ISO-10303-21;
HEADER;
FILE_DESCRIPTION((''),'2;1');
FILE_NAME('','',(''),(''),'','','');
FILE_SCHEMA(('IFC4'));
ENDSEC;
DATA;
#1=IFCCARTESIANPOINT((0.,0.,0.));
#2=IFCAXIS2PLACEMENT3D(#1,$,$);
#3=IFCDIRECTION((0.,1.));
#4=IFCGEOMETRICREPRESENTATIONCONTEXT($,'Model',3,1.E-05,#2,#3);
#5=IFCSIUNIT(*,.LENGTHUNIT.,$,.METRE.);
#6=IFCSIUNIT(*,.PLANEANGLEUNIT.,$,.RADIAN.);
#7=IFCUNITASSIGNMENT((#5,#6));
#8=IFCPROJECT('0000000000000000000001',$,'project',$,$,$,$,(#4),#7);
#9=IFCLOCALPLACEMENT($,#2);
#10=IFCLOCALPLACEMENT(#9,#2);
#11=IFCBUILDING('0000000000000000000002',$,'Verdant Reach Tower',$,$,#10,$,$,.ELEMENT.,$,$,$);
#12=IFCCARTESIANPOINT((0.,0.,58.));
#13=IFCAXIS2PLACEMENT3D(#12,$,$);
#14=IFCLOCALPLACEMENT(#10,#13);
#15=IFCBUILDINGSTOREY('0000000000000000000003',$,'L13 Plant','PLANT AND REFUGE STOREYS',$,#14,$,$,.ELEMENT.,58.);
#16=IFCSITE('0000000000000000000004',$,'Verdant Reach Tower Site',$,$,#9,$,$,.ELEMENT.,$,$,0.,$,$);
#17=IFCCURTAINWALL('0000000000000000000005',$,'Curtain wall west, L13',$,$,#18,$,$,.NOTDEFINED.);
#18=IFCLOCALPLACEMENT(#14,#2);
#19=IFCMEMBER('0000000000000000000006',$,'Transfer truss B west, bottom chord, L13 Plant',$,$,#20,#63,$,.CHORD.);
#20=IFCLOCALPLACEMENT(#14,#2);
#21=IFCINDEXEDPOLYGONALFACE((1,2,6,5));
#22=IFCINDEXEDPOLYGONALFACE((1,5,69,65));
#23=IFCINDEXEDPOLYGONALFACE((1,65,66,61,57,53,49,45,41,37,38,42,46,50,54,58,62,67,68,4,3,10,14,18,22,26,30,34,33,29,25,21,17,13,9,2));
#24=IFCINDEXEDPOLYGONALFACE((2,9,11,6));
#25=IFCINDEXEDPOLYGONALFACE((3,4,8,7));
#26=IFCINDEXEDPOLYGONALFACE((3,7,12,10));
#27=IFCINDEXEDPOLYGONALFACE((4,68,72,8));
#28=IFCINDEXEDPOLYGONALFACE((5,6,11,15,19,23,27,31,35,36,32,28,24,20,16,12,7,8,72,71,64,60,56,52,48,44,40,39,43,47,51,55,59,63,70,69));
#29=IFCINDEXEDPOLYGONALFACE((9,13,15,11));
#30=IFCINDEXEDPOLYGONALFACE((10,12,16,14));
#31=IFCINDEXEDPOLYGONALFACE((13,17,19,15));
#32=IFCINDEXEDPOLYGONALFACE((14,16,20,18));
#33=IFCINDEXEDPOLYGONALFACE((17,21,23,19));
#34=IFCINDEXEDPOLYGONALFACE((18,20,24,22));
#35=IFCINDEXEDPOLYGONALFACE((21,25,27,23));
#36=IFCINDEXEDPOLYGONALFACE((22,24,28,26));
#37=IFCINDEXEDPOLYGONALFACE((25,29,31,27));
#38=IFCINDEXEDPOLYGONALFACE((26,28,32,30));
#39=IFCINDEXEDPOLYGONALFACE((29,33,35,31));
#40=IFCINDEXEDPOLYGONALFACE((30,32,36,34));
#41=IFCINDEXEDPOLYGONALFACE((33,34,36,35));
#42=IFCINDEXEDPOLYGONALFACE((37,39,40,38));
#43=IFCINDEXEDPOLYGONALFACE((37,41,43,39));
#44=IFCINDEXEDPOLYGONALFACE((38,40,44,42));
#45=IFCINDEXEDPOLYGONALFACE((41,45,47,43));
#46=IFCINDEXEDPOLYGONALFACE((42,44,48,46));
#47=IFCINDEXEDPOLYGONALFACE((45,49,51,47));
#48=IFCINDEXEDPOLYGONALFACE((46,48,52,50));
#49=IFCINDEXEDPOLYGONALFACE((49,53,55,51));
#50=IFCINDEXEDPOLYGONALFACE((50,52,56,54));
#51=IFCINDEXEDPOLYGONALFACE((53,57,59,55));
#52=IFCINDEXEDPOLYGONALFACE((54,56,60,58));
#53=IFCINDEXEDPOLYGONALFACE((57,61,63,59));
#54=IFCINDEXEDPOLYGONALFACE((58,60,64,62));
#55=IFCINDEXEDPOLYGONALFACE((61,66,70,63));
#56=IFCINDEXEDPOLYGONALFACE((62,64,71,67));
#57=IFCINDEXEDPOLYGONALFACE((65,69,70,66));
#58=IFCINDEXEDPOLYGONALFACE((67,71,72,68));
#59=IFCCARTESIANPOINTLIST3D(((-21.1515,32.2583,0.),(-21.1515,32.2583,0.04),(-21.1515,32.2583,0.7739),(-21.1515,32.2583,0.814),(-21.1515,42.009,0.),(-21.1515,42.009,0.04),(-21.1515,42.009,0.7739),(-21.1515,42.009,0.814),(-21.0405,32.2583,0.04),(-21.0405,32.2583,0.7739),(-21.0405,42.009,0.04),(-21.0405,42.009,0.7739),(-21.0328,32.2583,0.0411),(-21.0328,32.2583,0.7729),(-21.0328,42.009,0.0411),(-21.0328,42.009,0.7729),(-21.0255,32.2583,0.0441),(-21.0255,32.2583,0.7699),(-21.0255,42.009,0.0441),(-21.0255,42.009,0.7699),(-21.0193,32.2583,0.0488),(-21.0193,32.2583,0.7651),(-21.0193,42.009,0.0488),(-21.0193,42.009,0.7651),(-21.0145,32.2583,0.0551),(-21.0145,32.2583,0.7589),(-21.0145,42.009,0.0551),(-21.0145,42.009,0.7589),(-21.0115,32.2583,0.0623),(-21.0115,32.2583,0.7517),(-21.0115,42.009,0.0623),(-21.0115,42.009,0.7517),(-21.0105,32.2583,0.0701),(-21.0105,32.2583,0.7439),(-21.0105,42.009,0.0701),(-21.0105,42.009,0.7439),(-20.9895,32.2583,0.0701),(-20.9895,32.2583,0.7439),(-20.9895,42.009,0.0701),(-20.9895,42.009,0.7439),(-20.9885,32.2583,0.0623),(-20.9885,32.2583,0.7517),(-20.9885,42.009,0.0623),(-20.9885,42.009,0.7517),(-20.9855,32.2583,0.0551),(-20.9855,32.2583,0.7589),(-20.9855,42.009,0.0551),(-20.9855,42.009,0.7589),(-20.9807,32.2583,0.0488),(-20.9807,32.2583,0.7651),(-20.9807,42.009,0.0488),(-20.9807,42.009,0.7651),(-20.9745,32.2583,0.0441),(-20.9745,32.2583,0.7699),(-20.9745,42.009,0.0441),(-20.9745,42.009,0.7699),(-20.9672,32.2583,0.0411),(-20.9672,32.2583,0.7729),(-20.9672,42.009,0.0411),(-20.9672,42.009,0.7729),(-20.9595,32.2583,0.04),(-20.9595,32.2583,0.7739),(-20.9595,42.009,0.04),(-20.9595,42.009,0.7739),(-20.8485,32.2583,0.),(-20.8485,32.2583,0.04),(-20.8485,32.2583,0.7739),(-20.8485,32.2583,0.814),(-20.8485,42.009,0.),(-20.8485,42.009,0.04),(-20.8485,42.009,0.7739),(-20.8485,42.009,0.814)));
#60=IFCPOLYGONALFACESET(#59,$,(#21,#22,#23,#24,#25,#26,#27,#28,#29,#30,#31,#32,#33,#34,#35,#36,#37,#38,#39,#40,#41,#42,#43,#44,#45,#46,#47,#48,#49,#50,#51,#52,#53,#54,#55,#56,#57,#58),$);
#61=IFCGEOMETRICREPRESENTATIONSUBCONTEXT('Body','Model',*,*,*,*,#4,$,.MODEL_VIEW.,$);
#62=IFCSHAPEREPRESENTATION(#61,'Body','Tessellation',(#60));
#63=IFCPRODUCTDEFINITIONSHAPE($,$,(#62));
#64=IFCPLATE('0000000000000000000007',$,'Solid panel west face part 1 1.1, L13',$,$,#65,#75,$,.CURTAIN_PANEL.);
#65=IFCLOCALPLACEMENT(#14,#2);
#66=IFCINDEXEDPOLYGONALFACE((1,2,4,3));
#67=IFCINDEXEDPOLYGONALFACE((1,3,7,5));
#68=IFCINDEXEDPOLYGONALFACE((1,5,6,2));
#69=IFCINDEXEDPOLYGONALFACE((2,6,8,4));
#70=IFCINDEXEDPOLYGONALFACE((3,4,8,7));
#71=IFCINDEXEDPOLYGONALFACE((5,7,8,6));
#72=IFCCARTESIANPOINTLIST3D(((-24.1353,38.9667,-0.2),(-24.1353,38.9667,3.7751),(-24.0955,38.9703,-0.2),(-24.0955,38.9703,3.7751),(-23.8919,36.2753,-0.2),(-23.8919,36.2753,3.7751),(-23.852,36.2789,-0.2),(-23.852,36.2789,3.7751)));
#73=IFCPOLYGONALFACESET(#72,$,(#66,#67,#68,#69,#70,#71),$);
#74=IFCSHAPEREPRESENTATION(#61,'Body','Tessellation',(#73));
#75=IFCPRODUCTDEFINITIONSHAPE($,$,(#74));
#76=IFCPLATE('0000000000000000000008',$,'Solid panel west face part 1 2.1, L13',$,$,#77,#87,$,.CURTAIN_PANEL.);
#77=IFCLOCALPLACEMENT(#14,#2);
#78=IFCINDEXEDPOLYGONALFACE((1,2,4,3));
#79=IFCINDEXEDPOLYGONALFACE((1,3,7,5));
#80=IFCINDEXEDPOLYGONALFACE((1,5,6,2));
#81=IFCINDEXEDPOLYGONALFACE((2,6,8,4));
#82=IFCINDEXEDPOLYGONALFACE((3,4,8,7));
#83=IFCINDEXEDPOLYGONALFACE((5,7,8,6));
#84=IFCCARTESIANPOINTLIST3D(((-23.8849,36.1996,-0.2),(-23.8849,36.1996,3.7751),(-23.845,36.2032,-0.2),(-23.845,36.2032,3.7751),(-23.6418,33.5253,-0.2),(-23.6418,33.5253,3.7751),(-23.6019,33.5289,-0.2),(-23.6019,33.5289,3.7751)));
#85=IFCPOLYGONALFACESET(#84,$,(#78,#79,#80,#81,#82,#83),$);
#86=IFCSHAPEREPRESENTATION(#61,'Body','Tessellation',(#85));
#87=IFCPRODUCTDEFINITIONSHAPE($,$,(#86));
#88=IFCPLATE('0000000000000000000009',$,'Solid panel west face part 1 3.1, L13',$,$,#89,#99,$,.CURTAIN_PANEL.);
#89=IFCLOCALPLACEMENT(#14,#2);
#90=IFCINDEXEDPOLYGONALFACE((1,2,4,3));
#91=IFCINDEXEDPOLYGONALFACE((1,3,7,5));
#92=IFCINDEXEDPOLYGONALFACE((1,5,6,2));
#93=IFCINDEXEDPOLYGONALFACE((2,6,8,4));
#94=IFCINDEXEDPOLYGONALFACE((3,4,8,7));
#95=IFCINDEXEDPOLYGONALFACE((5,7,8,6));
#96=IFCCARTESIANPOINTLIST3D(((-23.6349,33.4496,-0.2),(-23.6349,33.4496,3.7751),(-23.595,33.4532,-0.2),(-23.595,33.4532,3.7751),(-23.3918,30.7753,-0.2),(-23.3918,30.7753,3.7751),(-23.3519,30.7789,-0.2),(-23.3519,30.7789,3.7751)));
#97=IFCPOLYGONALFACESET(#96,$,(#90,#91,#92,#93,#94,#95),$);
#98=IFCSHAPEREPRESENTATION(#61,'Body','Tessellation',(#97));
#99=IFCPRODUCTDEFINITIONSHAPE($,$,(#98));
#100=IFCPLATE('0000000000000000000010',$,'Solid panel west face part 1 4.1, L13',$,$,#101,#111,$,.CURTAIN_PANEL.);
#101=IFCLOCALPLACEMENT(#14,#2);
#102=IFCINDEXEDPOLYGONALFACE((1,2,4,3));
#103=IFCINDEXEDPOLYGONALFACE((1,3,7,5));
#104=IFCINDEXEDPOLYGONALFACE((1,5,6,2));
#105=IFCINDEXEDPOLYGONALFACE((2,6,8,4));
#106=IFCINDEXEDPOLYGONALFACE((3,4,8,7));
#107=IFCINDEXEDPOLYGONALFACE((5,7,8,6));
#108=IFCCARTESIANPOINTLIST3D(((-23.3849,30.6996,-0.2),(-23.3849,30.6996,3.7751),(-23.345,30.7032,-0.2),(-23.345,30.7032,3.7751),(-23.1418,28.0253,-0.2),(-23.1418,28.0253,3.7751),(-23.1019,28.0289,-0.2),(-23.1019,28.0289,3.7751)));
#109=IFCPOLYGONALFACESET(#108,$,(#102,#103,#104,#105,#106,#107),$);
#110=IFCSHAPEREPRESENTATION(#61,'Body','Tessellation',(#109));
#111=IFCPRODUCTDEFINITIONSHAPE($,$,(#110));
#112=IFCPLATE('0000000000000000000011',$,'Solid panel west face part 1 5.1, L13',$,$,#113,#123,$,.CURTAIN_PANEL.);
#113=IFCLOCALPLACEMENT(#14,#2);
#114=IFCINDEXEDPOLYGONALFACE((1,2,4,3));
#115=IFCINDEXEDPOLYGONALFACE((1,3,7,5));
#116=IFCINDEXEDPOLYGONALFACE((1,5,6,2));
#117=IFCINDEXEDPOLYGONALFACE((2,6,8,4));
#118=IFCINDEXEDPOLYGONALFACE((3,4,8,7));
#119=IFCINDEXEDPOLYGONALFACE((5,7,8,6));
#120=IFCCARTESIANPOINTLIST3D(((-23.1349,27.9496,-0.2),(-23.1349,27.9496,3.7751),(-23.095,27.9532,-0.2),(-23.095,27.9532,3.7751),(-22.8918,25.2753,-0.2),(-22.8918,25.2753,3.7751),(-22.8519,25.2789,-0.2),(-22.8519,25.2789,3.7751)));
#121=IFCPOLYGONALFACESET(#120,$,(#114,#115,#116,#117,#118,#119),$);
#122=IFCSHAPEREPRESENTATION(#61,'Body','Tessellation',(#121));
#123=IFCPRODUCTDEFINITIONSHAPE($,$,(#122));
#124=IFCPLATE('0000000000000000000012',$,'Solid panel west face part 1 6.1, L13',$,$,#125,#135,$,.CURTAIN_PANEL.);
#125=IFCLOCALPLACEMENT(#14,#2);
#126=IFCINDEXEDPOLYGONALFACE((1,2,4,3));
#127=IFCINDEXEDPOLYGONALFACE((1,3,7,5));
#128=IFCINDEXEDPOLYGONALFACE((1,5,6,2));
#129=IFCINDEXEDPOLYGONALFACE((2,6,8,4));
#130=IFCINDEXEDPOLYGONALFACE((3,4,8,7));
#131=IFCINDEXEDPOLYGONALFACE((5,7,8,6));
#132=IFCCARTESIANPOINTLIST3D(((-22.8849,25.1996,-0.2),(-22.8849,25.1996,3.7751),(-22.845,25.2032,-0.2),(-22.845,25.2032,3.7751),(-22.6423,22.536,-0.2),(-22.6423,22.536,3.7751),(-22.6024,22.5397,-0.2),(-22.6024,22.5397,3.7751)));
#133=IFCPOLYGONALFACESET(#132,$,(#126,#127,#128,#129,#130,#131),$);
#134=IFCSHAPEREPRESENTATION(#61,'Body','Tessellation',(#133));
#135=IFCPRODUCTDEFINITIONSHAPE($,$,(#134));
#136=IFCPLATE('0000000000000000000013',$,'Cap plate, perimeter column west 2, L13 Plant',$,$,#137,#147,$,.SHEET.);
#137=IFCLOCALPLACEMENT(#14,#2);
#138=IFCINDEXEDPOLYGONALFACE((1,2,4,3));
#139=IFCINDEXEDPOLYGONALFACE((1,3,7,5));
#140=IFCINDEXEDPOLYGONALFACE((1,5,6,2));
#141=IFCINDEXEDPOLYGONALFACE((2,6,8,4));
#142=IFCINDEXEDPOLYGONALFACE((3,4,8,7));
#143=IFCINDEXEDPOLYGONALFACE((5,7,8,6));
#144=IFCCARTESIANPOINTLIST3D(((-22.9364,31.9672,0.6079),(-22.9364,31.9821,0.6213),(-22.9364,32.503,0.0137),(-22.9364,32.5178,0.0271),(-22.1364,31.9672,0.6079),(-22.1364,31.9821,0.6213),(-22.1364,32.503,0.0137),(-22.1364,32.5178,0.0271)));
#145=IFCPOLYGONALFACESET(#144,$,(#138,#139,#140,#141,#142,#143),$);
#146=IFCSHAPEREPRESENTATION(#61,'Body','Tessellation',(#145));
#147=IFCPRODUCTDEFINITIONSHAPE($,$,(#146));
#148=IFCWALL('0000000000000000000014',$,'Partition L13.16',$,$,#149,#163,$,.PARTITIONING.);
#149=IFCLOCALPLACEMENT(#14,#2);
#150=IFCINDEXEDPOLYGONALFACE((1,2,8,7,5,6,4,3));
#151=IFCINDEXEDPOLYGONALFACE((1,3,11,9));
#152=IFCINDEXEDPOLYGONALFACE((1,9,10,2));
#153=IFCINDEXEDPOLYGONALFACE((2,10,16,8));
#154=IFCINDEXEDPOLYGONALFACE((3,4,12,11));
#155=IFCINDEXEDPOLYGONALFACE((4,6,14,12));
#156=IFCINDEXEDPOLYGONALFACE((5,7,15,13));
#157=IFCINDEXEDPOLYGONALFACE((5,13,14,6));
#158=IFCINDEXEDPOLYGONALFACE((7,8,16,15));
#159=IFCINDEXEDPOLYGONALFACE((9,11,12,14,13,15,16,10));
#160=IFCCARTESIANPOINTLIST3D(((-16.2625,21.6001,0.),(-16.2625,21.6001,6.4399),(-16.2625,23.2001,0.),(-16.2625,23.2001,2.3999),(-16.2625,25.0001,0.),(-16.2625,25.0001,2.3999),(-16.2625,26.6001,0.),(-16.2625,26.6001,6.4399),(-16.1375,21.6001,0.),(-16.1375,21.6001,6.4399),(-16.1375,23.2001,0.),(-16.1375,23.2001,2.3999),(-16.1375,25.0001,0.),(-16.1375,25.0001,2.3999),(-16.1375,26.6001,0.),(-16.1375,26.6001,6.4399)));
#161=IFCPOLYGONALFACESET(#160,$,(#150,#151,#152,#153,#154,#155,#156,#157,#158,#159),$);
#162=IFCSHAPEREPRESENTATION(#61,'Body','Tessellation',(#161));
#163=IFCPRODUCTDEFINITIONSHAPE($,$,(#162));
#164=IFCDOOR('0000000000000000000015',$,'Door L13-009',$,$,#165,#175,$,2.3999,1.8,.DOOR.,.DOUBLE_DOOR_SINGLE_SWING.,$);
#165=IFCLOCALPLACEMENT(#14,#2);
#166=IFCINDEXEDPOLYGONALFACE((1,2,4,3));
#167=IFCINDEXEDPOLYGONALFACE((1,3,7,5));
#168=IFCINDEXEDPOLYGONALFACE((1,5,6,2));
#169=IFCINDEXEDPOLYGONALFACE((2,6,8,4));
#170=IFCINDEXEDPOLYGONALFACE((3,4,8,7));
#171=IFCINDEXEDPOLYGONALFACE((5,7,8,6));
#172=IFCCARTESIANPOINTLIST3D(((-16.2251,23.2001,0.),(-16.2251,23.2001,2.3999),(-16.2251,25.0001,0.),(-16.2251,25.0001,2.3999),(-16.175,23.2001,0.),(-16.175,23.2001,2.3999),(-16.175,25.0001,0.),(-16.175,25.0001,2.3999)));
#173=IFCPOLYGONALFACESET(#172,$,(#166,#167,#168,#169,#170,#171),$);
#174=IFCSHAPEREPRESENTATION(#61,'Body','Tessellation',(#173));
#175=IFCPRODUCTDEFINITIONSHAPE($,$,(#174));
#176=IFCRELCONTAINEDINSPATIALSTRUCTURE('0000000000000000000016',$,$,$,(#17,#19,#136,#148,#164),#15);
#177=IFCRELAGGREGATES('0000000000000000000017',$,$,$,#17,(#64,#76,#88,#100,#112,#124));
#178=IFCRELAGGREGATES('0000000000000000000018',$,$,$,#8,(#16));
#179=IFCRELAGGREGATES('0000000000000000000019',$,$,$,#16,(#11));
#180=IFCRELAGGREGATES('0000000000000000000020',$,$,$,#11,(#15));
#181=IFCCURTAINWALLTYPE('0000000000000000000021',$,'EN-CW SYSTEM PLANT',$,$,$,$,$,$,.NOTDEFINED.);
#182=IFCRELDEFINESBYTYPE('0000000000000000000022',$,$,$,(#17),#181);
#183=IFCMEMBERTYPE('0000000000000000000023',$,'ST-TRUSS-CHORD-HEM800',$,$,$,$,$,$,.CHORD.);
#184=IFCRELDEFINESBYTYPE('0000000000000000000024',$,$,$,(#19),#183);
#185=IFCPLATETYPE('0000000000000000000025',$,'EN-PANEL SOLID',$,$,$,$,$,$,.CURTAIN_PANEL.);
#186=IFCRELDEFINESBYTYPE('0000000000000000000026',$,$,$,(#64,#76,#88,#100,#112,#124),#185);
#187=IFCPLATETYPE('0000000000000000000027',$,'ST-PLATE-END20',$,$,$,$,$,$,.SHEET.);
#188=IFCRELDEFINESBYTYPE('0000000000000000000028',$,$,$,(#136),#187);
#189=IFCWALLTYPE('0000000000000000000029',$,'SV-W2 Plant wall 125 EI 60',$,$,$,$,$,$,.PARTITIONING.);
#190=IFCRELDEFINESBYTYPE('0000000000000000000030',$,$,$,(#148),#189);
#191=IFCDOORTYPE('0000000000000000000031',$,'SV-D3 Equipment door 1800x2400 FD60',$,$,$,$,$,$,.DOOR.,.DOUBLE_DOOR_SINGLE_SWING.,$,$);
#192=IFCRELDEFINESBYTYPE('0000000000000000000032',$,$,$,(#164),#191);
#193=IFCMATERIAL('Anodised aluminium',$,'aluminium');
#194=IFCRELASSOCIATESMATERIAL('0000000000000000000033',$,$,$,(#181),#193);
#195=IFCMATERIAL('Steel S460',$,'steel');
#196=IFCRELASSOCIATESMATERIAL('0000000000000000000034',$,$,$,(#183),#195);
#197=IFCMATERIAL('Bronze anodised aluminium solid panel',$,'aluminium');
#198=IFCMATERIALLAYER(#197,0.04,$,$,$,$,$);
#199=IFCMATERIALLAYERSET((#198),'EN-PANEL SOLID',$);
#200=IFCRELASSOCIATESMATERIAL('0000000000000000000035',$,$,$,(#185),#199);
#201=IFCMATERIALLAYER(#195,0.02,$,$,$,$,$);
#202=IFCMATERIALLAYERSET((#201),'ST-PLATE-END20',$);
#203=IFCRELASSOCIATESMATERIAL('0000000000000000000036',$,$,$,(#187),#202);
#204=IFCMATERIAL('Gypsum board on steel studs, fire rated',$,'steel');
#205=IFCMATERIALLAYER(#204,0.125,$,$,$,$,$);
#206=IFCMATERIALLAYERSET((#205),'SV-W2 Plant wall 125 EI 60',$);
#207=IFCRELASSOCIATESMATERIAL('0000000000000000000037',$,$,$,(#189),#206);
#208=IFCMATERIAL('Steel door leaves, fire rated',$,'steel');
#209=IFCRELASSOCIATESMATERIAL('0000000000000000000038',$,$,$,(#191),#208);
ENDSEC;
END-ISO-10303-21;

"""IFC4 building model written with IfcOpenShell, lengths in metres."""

from ifc_helpers import new_model, si_unit, direction, frame, frame_2d, origin, origin_2d, place, context, subcontext, project, spatial, rectangle, i_section, extrude, material, layer, layer_set, material_profile, profile_set, type_object, element, fill, aggregate, save


model = new_model("IFC4")

# Units and contexts
model_context = context("Model", 3, precision=1e-05, world=origin(), true_north=direction((0.0, 1.0)))
body_context = subcontext(model_context, "Body", "Model", "MODEL_VIEW")
ifc_project = project(units=[si_unit("LENGTHUNIT", "METRE"), si_unit("PLANEANGLEUNIT", "RADIAN")], contexts=[model_context])

# Site, building, storey
site_placement = place(None, origin())
site = spatial("IfcSite", under=ifc_project, at=site_placement, Name="Verdant Reach Tower Site", CompositionType="ELEMENT", RefElevation=0.0)
building_placement = place(site_placement, origin())
building = spatial("IfcBuilding", under=site, at=building_placement, Name="Verdant Reach Tower", CompositionType="ELEMENT")
storey_placement = place(building_placement, frame((0.0, 0.0, 58.0)))
storey = spatial("IfcBuildingStorey", under=building, at=storey_placement, Name="L13 Plant", Description="PLANT AND REFUGE STOREYS", CompositionType="ELEMENT", Elevation=58.0)

# Shared definitions
ifc_material_1 = material(Name="Steel S460", Category="steel")

# Curtain wall
ifc_material_2 = material(Name="Anodised aluminium", Category="aluminium")
curtain_wall_type = type_object("IfcCurtainWallType", Name="EN-CW SYSTEM PLANT", PredefinedType="NOTDEFINED", material=ifc_material_2)
curtain_wall_placement = place(storey_placement, origin())
curtain_wall = element("IfcCurtainWall", 1, at=curtain_wall_placement, inside=storey, type_object=curtain_wall_type, Name="Curtain wall west, L13", PredefinedType="NOTDEFINED")

# Member
ifc_material_profile_1 = material_profile(ifc_material_1, i_section(OverallWidth=0.303, OverallDepth=0.814, WebThickness=0.021, FlangeThickness=0.04, FilletRadius=0.03, at=origin_2d()), Name="HEM 800")
ifc_profile_set_1 = profile_set([ifc_material_profile_1], Name="Steel S460")
member_type_1 = type_object("IfcMemberType", Name="ST-TRUSS-CHORD-HEM800", PredefinedType="CHORD", material=ifc_profile_set_1)
member_1_placement = place(storey_placement, frame((-21.0, 32.2583, 0.407), z_axis=(0.0, 1.0, 0.0), x_axis=(-1.0, 0.0, 0.0)))
element("IfcMember", 2, at=member_1_placement, inside=storey, type_object=member_type_1, Name="Transfer truss B west, bottom chord, L13 Plant", PredefinedType="CHORD", context=body_context, shape_type="SweptSolid", body=[
    extrude(i_section(OverallWidth=0.303, OverallDepth=0.814, WebThickness=0.021, FlangeThickness=0.04, FilletRadius=0.03, at=origin_2d()), origin(), (0.0, 0.0, 1.0), 9.7507),
])

# Plates
ifc_material_3 = material(Name="Bronze anodised aluminium solid panel", Category="aluminium")
ifc_layer_1 = layer(ifc_material_3, 0.04)
ifc_layer_set_1 = layer_set([ifc_layer_1], Name="EN-PANEL SOLID")
plate_type_1 = type_object("IfcPlateType", Name="EN-PANEL SOLID", PredefinedType="CURTAIN_PANEL", material=ifc_layer_set_1)
plate_1_placement = place(storey_placement, frame((-23.9937, 37.6228, -0.2), z_axis=(0.0, 0.0, 1.0), x_axis=(0.090097, -0.995933, 0.0)))
plate_1 = element("IfcPlate", 3, at=plate_1_placement, type_object=plate_type_1, Name="Solid panel west face part 1 1.1, L13", PredefinedType="CURTAIN_PANEL", context=body_context, shape_type="SweptSolid", body=[
    extrude(rectangle(XDim=2.7024, YDim=0.04, at=origin_2d()), origin(), (0.0, 0.0, 1.0), 3.9751),
])
plate_2_placement = place(storey_placement, frame((-23.7434, 34.8643, -0.2), z_axis=(0.0, 0.0, 1.0), x_axis=(0.090536, -0.995893, 0.0)))
plate_2 = element("IfcPlate", 4, at=plate_2_placement, type_object=plate_type_1, Name="Solid panel west face part 1 2.1, L13", PredefinedType="CURTAIN_PANEL", context=body_context, shape_type="SweptSolid", body=[
    extrude(rectangle(XDim=2.6853, YDim=0.04, at=origin_2d()), origin(), (0.0, 0.0, 1.0), 3.9751),
])
plate_3_placement = place(storey_placement, frame((-23.4934, 32.1143, -0.2), z_axis=(0.0, 0.0, 1.0), x_axis=(0.090536, -0.995893, 0.0)))
plate_3 = element("IfcPlate", 5, at=plate_3_placement, type_object=plate_type_1, Name="Solid panel west face part 1 3.1, L13", PredefinedType="CURTAIN_PANEL", context=body_context, shape_type="SweptSolid", body=[
    extrude(rectangle(XDim=2.6853, YDim=0.04, at=origin_2d()), origin(), (0.0, 0.0, 1.0), 3.9751),
])
plate_4_placement = place(storey_placement, frame((-23.2434, 29.3643, -0.2), z_axis=(0.0, 0.0, 1.0), x_axis=(0.090536, -0.995893, 0.0)))
plate_4 = element("IfcPlate", 6, at=plate_4_placement, type_object=plate_type_1, Name="Solid panel west face part 1 4.1, L13", PredefinedType="CURTAIN_PANEL", context=body_context, shape_type="SweptSolid", body=[
    extrude(rectangle(XDim=2.6853, YDim=0.04, at=origin_2d()), origin(), (0.0, 0.0, 1.0), 3.9751),
])
plate_5_placement = place(storey_placement, frame((-22.9934, 26.6143, -0.2), z_axis=(0.0, 0.0, 1.0), x_axis=(0.090536, -0.995893, 0.0)))
plate_5 = element("IfcPlate", 7, at=plate_5_placement, type_object=plate_type_1, Name="Solid panel west face part 1 5.1, L13", PredefinedType="CURTAIN_PANEL", context=body_context, shape_type="SweptSolid", body=[
    extrude(rectangle(XDim=2.6853, YDim=0.04, at=origin_2d()), origin(), (0.0, 0.0, 1.0), 3.9751),
])
plate_6_placement = place(storey_placement, frame((-22.7437, 23.8696, -0.2), z_axis=(0.0, 0.0, 1.0), x_axis=(0.090713, -0.995877, 0.0)))
plate_6 = element("IfcPlate", 8, at=plate_6_placement, type_object=plate_type_1, Name="Solid panel west face part 1 6.1, L13", PredefinedType="CURTAIN_PANEL", context=body_context, shape_type="SweptSolid", body=[
    extrude(rectangle(XDim=2.6746, YDim=0.04, at=origin_2d()), origin(), (0.0, 0.0, 1.0), 3.9751),
])
ifc_layer_2 = layer(ifc_material_1, 0.02)
ifc_layer_set_2 = layer_set([ifc_layer_2], Name="ST-PLATE-END20")
plate_type_2 = type_object("IfcPlateType", Name="ST-PLATE-END20", PredefinedType="SHEET", material=ifc_layer_set_2)
plate_7_placement = place(storey_placement, frame((-22.5364, 32.2351, 0.3108), z_axis=(0.0, 0.742688, 0.669637), x_axis=(-1.0, 0.0, 0.0)))
element("IfcPlate", 9, at=plate_7_placement, inside=storey, type_object=plate_type_2, Name="Cap plate, perimeter column west 2, L13 Plant", PredefinedType="SHEET", context=body_context, shape_type="SweptSolid", body=[
    extrude(rectangle(XDim=0.8, YDim=0.8, at=origin_2d()), origin(), (0.0, 0.0, 1.0), 0.02),
])

# Wall, opening, door
ifc_material_4 = material(Name="Gypsum board on steel studs, fire rated", Category="steel")
ifc_layer_3 = layer(ifc_material_4, 0.125)
ifc_layer_set_3 = layer_set([ifc_layer_3], Name="SV-W2 Plant wall 125 EI 60")
wall_type = type_object("IfcWallType", Name="SV-W2 Plant wall 125 EI 60", PredefinedType="PARTITIONING", material=ifc_layer_set_3)
wall_1_placement = place(storey_placement, frame((-16.2, 26.6001, 0.0), z_axis=(0.0, 0.0, 1.0), x_axis=(0.0, -1.0, 0.0)))
wall_1 = element("IfcWall", 10, at=wall_1_placement, inside=storey, type_object=wall_type, Name="Partition L13.16", PredefinedType="PARTITIONING", context=body_context, shape_type="SweptSolid", body=[
    extrude(rectangle(XDim=5.0, YDim=0.125, at=frame_2d((2.5, 0.0))), origin(), (0.0, 0.0, 1.0), 6.4399),
])
opening_1_placement = place(wall_1_placement, frame((1.6001, 0.0, 0.0)))
opening_1 = element("IfcOpeningElement", 11, at=opening_1_placement, cuts=wall_1, PredefinedType="OPENING", context=body_context, shape_type="SweptSolid", body=[
    extrude(rectangle(XDim=1.8, YDim=2.3999, at=frame_2d((0.8999, 1.2))), frame((0.0, 0.0725, 0.0), z_axis=(0.0, -1.0, 0.0), x_axis=(1.0, 0.0, 0.0)), (0.0, 0.0, 1.0), 0.145),
])
ifc_material_5 = material(Name="Steel door leaves, fire rated", Category="steel")
door_type = type_object("IfcDoorType", Name="SV-D3 Equipment door 1800x2400 FD60", OperationType="DOUBLE_DOOR_SINGLE_SWING", PredefinedType="DOOR", material=ifc_material_5)
door_1_placement = place(opening_1_placement, origin())
door_1 = element("IfcDoor", 12, at=door_1_placement, inside=storey, type_object=door_type, Name="Door L13-009", OperationType="DOUBLE_DOOR_SINGLE_SWING", OverallHeight=2.3999, OverallWidth=1.8, PredefinedType="DOOR", context=body_context, shape_type="SweptSolid", body=[
    extrude(rectangle(XDim=1.8, YDim=2.3999, at=frame_2d((0.8999, 1.2))), frame((0.0, 0.0249, 0.0), z_axis=(0.0, -1.0, 0.0), x_axis=(1.0, 0.0, 0.0)), (0.0, 0.0, 1.0), 0.05),
])
fill(opening_1, door_1)

aggregate(curtain_wall, [plate_1, plate_2, plate_3, plate_4, plate_5, plate_6])

save(model, "model.ifc")
